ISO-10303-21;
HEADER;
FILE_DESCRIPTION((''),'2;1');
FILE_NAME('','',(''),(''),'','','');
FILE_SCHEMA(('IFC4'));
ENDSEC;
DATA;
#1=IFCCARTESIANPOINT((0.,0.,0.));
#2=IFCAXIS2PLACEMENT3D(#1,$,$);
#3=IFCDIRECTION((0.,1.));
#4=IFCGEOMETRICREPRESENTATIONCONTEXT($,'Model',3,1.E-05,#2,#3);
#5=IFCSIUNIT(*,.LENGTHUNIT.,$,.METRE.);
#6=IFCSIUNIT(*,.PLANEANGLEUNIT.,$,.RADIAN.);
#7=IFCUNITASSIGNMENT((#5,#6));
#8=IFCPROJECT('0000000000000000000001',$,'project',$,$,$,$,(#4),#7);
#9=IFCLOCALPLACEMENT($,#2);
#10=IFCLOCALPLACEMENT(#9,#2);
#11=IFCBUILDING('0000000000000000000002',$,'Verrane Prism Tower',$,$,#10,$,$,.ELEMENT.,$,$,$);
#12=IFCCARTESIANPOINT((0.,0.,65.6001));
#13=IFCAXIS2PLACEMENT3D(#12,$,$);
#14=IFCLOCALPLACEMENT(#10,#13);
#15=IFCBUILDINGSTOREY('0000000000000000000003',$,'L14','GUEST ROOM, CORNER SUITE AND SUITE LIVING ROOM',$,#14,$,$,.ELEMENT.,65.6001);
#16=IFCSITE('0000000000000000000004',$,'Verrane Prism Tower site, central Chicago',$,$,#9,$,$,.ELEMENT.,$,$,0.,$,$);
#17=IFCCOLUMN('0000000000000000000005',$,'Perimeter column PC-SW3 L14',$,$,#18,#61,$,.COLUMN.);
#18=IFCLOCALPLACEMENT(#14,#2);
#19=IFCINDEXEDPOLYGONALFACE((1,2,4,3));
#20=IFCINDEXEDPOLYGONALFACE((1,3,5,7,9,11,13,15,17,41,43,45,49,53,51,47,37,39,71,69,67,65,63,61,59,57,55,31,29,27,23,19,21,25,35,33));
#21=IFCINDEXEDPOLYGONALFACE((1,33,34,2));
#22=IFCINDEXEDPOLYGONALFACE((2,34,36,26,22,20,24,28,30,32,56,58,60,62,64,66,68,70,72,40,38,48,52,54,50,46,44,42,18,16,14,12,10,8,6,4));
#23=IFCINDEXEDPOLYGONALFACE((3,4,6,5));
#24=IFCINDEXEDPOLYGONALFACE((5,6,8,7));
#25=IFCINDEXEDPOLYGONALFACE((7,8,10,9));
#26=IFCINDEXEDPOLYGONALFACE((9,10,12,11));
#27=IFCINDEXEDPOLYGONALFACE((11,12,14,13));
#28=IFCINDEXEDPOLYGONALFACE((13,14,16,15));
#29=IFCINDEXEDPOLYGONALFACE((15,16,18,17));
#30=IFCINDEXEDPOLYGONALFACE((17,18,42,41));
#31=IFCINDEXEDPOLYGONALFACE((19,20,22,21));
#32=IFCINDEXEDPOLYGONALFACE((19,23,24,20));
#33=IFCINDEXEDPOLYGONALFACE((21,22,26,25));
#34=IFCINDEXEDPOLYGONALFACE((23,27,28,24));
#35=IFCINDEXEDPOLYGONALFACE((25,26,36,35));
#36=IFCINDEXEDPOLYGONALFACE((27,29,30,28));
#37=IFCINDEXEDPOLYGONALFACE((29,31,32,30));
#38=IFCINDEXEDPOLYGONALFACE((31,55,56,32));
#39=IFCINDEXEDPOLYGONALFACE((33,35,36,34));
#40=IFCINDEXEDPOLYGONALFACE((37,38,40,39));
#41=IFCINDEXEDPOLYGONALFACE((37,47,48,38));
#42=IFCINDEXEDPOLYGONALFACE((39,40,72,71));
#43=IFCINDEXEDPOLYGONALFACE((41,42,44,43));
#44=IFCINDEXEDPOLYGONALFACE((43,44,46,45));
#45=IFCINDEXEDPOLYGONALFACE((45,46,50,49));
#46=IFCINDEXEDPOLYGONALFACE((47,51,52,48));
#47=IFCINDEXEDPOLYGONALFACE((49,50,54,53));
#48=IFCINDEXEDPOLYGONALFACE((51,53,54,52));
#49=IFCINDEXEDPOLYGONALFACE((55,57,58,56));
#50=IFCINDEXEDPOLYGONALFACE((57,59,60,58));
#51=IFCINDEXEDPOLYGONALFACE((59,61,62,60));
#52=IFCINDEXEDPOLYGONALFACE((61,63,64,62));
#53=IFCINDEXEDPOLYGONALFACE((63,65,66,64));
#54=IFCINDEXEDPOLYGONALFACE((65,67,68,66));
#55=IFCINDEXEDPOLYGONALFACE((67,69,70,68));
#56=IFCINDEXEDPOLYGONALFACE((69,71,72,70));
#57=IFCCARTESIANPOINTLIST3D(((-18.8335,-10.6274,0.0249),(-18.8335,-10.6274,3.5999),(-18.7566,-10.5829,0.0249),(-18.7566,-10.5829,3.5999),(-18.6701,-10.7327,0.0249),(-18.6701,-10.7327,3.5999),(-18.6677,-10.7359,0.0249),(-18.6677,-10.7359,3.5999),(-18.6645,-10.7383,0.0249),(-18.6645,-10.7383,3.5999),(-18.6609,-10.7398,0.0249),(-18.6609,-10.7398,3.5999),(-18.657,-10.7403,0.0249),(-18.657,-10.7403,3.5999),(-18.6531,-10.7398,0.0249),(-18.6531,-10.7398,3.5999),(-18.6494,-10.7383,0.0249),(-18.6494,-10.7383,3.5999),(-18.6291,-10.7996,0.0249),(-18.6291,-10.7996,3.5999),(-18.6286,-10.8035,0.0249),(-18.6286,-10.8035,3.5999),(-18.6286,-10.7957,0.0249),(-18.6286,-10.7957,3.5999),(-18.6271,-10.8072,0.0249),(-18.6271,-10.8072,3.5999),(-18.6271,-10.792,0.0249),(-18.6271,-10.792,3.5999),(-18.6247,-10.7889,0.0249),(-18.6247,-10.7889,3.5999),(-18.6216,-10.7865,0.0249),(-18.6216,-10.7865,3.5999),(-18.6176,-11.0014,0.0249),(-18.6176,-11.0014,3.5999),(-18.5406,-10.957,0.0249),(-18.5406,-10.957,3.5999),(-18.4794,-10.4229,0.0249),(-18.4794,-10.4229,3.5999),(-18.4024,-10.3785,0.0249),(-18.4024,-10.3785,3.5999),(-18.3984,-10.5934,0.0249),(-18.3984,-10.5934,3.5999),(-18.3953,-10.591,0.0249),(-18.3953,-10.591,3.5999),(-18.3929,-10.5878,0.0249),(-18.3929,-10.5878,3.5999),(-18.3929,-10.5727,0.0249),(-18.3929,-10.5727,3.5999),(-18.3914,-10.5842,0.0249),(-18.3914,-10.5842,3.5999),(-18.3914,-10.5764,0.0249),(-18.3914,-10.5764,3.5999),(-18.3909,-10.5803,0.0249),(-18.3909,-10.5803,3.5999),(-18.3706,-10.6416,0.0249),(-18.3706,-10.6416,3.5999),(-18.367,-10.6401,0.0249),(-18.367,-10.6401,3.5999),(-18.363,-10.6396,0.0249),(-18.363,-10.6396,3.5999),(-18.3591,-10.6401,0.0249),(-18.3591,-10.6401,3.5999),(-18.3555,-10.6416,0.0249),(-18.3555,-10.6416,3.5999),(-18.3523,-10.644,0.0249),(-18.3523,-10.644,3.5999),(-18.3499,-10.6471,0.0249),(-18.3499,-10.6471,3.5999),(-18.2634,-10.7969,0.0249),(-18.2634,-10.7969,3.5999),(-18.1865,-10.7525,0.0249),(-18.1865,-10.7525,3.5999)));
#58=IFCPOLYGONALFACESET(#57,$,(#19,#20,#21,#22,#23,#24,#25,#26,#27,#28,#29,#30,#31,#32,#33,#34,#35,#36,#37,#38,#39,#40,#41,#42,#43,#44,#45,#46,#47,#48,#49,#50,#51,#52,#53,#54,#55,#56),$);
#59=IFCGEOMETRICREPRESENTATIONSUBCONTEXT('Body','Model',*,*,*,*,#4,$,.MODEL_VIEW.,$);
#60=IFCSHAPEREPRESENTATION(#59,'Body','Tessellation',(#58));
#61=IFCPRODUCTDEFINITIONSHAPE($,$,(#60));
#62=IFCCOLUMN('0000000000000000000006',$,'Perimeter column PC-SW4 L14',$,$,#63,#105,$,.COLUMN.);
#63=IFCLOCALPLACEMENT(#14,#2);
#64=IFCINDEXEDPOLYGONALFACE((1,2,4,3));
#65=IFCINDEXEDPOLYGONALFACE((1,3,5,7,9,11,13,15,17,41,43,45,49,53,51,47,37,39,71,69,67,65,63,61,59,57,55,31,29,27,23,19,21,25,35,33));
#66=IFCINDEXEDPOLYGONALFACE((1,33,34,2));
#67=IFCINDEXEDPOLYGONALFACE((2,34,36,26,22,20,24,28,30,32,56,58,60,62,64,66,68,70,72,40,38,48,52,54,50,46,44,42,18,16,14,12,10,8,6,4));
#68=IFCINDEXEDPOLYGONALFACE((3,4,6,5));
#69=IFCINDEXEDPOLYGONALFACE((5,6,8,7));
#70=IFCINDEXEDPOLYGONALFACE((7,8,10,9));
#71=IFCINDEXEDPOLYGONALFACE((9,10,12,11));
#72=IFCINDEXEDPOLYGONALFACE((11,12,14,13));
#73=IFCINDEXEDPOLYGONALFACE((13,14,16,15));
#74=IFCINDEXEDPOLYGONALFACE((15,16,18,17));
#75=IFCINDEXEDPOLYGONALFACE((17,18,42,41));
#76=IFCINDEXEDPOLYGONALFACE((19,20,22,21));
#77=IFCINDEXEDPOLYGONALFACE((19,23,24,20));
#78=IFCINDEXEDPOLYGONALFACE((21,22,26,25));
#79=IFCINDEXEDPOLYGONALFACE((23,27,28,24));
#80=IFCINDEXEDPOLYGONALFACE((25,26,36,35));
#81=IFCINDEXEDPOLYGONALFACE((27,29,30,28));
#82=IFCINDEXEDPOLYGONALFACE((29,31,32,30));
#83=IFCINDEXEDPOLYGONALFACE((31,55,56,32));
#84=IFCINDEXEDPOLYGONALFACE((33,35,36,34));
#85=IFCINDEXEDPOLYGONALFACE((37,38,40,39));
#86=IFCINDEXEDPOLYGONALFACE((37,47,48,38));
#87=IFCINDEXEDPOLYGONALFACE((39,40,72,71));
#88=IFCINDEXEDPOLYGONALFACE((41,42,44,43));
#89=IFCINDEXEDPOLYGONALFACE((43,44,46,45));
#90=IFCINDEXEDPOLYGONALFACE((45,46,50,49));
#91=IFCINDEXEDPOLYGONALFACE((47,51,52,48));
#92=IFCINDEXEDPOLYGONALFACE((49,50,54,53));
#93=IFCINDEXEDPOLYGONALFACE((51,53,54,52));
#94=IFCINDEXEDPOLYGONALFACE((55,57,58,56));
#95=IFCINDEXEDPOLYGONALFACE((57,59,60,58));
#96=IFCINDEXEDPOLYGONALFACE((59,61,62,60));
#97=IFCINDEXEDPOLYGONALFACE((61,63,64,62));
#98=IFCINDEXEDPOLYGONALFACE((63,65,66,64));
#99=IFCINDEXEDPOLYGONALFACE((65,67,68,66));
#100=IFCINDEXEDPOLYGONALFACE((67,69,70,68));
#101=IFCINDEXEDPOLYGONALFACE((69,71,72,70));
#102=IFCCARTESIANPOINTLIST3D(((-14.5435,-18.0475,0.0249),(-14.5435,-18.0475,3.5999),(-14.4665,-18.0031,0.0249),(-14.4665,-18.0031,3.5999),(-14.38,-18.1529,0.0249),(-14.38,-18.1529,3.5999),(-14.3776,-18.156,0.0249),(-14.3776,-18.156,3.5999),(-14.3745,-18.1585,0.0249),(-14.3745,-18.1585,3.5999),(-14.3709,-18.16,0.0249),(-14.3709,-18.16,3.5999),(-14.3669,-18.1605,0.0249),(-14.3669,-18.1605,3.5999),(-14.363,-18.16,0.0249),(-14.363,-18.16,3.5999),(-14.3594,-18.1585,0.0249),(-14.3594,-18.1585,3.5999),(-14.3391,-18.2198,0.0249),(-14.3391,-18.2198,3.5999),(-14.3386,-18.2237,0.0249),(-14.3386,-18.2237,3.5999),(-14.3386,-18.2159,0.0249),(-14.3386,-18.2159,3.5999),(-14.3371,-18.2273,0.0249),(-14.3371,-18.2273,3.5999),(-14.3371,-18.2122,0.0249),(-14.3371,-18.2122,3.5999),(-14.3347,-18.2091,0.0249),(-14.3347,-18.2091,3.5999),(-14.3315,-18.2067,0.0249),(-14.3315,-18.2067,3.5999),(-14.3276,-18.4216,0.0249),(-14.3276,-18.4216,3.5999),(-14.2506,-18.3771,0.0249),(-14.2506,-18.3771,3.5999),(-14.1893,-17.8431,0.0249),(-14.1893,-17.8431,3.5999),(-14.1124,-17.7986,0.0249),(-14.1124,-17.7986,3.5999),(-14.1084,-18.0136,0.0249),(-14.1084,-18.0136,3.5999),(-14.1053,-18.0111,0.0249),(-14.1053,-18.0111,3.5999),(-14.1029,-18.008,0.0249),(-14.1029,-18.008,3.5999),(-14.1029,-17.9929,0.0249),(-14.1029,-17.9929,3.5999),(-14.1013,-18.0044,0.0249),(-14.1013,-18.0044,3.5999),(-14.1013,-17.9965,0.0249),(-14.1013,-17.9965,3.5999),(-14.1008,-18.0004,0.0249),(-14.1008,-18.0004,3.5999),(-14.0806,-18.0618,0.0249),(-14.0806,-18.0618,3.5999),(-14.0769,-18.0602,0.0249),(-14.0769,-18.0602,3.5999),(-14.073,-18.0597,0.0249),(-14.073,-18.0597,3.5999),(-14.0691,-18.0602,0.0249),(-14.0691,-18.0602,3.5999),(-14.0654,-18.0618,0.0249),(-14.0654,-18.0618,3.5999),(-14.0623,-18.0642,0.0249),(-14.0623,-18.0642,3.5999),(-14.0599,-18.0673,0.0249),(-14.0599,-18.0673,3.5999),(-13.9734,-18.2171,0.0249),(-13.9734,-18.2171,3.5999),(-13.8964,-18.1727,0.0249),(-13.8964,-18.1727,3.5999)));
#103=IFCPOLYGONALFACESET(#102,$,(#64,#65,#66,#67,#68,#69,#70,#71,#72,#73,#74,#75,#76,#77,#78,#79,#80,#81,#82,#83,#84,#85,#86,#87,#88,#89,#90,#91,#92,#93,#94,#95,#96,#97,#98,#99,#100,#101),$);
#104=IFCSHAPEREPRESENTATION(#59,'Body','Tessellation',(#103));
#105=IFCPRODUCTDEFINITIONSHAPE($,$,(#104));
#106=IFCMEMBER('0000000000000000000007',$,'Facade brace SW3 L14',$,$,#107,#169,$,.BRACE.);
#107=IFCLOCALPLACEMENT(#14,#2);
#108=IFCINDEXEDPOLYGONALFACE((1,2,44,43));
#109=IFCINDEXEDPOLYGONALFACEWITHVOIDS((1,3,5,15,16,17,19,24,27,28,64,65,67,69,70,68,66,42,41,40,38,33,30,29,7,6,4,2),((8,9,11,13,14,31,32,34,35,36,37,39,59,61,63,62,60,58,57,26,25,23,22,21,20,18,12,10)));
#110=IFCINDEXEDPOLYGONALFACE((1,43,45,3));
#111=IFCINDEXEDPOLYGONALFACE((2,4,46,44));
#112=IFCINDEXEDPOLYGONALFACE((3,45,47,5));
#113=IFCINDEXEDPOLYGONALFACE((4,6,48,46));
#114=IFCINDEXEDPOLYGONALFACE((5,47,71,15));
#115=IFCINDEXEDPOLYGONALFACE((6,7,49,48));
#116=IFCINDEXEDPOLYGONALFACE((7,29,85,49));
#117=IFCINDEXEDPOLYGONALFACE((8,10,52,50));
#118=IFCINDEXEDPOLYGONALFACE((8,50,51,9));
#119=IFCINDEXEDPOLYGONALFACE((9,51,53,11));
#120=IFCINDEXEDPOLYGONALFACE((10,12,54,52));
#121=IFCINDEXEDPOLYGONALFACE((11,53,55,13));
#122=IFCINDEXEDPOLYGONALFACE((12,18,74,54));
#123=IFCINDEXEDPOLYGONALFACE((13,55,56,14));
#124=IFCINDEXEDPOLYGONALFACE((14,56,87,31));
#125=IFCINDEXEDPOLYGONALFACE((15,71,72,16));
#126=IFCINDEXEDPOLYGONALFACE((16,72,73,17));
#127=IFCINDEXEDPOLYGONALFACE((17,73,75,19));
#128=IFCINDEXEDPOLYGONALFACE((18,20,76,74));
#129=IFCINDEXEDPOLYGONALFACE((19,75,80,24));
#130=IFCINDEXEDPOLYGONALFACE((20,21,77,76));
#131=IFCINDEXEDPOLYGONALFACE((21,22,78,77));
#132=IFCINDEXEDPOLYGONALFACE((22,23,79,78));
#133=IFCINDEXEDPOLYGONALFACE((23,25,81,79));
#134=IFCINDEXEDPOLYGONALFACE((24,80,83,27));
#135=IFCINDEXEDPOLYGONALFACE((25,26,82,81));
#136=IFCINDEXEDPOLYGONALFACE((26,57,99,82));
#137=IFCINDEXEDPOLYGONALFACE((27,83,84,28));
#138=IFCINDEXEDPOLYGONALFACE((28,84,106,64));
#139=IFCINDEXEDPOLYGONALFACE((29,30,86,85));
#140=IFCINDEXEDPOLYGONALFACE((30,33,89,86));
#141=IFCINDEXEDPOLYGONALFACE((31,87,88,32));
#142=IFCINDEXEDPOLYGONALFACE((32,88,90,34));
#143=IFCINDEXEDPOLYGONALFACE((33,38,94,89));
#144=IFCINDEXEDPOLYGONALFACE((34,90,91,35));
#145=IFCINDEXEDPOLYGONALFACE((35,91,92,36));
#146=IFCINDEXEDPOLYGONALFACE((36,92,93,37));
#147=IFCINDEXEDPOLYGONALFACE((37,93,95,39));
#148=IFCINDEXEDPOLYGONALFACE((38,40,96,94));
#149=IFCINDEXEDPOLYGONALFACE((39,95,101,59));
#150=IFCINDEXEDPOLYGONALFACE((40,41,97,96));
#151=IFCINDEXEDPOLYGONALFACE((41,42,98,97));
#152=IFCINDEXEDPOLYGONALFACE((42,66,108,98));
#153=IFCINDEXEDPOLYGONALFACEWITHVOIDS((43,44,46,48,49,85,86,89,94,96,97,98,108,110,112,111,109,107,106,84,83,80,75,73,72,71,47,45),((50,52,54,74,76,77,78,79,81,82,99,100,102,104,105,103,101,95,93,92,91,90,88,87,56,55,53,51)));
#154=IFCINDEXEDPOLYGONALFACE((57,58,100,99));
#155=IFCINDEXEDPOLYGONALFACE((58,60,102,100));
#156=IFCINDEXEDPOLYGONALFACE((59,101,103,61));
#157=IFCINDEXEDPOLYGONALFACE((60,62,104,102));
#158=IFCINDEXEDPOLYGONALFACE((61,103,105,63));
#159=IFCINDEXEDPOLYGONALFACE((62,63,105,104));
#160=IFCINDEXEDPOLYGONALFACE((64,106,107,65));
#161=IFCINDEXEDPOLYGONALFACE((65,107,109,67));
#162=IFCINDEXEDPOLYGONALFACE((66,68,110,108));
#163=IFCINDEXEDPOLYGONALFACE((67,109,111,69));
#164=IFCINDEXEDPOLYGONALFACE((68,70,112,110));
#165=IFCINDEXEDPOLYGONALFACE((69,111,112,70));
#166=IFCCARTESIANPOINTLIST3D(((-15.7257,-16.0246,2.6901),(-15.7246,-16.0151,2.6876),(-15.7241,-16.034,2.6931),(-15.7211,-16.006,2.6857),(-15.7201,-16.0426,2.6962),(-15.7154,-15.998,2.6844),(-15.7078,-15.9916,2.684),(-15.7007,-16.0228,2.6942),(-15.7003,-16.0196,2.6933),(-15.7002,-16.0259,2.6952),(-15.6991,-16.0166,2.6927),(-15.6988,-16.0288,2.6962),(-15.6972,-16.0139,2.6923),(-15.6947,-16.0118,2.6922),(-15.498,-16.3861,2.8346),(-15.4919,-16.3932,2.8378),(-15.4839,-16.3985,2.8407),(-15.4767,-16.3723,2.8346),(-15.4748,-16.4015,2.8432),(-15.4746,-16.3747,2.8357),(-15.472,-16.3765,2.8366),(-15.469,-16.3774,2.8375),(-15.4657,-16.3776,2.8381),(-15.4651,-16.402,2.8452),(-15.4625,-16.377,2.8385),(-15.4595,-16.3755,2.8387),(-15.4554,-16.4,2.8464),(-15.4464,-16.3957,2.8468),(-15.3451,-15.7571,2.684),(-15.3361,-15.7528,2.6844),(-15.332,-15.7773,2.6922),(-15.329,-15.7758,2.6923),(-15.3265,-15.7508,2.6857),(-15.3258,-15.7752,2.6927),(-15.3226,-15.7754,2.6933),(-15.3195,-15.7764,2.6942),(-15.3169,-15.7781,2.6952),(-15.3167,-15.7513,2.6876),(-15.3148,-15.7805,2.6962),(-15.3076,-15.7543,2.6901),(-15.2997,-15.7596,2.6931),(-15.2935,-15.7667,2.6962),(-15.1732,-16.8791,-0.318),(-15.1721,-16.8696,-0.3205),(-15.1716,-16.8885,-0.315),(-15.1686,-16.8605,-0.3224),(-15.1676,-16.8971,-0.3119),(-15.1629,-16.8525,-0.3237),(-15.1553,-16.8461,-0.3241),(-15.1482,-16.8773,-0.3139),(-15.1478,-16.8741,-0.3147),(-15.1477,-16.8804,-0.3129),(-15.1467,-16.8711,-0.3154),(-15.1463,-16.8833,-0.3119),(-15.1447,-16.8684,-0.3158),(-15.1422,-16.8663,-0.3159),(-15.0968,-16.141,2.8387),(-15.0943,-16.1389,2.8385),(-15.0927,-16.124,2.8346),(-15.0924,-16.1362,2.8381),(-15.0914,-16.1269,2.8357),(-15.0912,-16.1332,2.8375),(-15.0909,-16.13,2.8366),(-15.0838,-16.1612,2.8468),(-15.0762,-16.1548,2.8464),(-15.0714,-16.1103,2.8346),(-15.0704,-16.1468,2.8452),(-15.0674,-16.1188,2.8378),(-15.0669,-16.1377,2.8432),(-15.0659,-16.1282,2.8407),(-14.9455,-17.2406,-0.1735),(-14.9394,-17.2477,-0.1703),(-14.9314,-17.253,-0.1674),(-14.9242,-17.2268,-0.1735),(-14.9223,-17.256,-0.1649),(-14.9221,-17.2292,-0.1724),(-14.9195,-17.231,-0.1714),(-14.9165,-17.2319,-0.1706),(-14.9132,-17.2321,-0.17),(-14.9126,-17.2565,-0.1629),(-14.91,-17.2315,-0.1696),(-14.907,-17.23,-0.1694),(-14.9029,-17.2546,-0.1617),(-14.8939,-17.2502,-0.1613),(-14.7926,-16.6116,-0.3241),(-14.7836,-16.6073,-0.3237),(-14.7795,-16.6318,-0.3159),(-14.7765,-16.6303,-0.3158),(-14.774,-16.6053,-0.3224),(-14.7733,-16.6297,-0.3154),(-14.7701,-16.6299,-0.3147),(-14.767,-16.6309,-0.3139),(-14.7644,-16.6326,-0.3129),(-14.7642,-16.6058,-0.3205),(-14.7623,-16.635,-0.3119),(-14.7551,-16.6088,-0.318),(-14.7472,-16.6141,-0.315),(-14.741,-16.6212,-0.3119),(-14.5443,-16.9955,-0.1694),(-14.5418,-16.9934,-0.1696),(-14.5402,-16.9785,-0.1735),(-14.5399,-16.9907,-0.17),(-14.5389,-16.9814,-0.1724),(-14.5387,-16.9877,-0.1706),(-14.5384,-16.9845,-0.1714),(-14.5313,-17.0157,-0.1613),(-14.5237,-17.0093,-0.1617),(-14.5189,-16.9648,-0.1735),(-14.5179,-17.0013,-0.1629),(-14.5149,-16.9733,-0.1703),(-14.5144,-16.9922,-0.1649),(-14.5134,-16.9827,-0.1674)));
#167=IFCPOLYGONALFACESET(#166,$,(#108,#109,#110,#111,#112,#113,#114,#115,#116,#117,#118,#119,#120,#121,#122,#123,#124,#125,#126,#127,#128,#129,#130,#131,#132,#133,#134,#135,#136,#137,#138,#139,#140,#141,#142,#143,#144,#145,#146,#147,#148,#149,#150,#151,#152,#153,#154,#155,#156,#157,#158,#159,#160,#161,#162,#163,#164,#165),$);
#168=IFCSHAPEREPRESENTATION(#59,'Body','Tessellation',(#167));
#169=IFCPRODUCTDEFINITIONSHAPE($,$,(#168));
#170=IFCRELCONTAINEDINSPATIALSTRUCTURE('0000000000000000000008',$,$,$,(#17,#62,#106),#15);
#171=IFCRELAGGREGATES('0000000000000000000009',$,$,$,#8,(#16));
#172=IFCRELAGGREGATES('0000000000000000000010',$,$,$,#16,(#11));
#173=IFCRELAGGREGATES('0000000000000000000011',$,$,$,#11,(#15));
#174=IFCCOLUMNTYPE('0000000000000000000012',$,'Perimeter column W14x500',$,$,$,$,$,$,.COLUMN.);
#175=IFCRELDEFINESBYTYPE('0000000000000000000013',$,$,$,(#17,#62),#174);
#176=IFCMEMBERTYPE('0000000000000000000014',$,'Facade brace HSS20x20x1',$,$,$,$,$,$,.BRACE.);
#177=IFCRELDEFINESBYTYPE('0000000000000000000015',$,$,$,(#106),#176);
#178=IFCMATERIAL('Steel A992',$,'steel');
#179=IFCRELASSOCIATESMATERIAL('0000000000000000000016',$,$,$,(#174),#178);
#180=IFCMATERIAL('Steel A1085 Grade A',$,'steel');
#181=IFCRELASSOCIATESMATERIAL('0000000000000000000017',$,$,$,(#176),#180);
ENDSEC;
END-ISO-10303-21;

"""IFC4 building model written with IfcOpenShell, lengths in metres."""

from ifc_helpers import new_model, si_unit, direction, frame, origin, origin_2d, place, context, subcontext, project, spatial, hollow_rectangle, i_section, extrude, material, material_profile, profile_set, type_object, element, save


model = new_model("IFC4")

# Units and contexts
model_context = context("Model", 3, precision=1e-05, world=origin(), true_north=direction((0.0, 1.0)))
body_context = subcontext(model_context, "Body", "Model", "MODEL_VIEW")
ifc_project = project(units=[si_unit("LENGTHUNIT", "METRE"), si_unit("PLANEANGLEUNIT", "RADIAN")], contexts=[model_context])

# Site, building, storey
site_placement = place(None, origin())
site = spatial("IfcSite", under=ifc_project, at=site_placement, Name="Verrane Prism Tower site, central Chicago", CompositionType="ELEMENT", RefElevation=0.0)
building_placement = place(site_placement, origin())
building = spatial("IfcBuilding", under=site, at=building_placement, Name="Verrane Prism Tower", CompositionType="ELEMENT")
storey_placement = place(building_placement, frame((0.0, 0.0, 65.6001)))
storey = spatial("IfcBuildingStorey", under=building, at=storey_placement, Name="L14", Description="GUEST ROOM, CORNER SUITE AND SUITE LIVING ROOM", CompositionType="ELEMENT", Elevation=65.6001)

# Columns
ifc_material_1 = material(Name="Steel A992", Category="steel")
ifc_material_profile_1 = material_profile(ifc_material_1, i_section(OverallWidth=0.4319, OverallDepth=0.4978, WebThickness=0.0557, FlangeThickness=0.0889, FilletRadius=0.0151, at=origin_2d()), Name="W14x500")
ifc_profile_set_1 = profile_set([ifc_material_profile_1], Name="Steel A992")
column_type = type_object("IfcColumnType", Name="Perimeter column W14x500", PredefinedType="COLUMN", material=ifc_profile_set_1)
for number, where, z_axis, x_axis, name in (
    (1, (-18.51, -10.6899, 0.0249), (0.0, 0.0, 1.0), (-0.5, 0.866025, 0.0), "Perimeter column PC-SW3 L14"),
    (2, (-14.22, -18.1101, 0.0249), (0.0, 0.0, 1.0), (-0.5, 0.866025, 0.0), "Perimeter column PC-SW4 L14"),
):
    element("IfcColumn", number, at=place(storey_placement, frame(where, z_axis=z_axis, x_axis=x_axis)), inside=storey, type_object=column_type, Name=name, PredefinedType="COLUMN", context=body_context, shape_type="SweptSolid", body=[
        extrude(i_section(OverallWidth=0.4319, OverallDepth=0.4978, WebThickness=0.0557, FlangeThickness=0.0889, FilletRadius=0.0151, at=origin_2d()), origin(), (0.0, 0.0, 1.0), 3.575),
    ])

# Member
ifc_material_2 = material(Name="Steel A1085 Grade A", Category="steel")
ifc_material_profile_2 = material_profile(ifc_material_2, hollow_rectangle(XDim=0.5081, YDim=0.5081, WallThickness=0.0254, InnerFilletRadius=0.0127, OuterFilletRadius=0.0381, at=origin_2d()), Name="HSS20x20x1")
ifc_profile_set_2 = profile_set([ifc_material_profile_2], Name="Steel A1085 Grade A")
member_type_1 = type_object("IfcMemberType", Name="Facade brace HSS20x20x1", PredefinedType="BRACE", material=ifc_profile_set_2)
member_1_placement = place(storey_placement, frame((-14.8433, -16.9309, -0.2427), z_axis=(-0.173985, 0.269089, 0.94727), x_axis=(-0.839757, -0.542963, 0.0)))
element("IfcMember", 3, at=member_1_placement, inside=storey, type_object=member_type_1, Name="Facade brace SW3 L14", PredefinedType="BRACE", context=body_context, shape_type="SweptSolid", body=[
    extrude(hollow_rectangle(XDim=0.5081, YDim=0.5081, WallThickness=0.0254, InnerFilletRadius=0.0127, OuterFilletRadius=0.0381, at=origin_2d()), origin(), (0.0, 0.0, 1.0), 3.1755),
])

save(model, "model.ifc")
